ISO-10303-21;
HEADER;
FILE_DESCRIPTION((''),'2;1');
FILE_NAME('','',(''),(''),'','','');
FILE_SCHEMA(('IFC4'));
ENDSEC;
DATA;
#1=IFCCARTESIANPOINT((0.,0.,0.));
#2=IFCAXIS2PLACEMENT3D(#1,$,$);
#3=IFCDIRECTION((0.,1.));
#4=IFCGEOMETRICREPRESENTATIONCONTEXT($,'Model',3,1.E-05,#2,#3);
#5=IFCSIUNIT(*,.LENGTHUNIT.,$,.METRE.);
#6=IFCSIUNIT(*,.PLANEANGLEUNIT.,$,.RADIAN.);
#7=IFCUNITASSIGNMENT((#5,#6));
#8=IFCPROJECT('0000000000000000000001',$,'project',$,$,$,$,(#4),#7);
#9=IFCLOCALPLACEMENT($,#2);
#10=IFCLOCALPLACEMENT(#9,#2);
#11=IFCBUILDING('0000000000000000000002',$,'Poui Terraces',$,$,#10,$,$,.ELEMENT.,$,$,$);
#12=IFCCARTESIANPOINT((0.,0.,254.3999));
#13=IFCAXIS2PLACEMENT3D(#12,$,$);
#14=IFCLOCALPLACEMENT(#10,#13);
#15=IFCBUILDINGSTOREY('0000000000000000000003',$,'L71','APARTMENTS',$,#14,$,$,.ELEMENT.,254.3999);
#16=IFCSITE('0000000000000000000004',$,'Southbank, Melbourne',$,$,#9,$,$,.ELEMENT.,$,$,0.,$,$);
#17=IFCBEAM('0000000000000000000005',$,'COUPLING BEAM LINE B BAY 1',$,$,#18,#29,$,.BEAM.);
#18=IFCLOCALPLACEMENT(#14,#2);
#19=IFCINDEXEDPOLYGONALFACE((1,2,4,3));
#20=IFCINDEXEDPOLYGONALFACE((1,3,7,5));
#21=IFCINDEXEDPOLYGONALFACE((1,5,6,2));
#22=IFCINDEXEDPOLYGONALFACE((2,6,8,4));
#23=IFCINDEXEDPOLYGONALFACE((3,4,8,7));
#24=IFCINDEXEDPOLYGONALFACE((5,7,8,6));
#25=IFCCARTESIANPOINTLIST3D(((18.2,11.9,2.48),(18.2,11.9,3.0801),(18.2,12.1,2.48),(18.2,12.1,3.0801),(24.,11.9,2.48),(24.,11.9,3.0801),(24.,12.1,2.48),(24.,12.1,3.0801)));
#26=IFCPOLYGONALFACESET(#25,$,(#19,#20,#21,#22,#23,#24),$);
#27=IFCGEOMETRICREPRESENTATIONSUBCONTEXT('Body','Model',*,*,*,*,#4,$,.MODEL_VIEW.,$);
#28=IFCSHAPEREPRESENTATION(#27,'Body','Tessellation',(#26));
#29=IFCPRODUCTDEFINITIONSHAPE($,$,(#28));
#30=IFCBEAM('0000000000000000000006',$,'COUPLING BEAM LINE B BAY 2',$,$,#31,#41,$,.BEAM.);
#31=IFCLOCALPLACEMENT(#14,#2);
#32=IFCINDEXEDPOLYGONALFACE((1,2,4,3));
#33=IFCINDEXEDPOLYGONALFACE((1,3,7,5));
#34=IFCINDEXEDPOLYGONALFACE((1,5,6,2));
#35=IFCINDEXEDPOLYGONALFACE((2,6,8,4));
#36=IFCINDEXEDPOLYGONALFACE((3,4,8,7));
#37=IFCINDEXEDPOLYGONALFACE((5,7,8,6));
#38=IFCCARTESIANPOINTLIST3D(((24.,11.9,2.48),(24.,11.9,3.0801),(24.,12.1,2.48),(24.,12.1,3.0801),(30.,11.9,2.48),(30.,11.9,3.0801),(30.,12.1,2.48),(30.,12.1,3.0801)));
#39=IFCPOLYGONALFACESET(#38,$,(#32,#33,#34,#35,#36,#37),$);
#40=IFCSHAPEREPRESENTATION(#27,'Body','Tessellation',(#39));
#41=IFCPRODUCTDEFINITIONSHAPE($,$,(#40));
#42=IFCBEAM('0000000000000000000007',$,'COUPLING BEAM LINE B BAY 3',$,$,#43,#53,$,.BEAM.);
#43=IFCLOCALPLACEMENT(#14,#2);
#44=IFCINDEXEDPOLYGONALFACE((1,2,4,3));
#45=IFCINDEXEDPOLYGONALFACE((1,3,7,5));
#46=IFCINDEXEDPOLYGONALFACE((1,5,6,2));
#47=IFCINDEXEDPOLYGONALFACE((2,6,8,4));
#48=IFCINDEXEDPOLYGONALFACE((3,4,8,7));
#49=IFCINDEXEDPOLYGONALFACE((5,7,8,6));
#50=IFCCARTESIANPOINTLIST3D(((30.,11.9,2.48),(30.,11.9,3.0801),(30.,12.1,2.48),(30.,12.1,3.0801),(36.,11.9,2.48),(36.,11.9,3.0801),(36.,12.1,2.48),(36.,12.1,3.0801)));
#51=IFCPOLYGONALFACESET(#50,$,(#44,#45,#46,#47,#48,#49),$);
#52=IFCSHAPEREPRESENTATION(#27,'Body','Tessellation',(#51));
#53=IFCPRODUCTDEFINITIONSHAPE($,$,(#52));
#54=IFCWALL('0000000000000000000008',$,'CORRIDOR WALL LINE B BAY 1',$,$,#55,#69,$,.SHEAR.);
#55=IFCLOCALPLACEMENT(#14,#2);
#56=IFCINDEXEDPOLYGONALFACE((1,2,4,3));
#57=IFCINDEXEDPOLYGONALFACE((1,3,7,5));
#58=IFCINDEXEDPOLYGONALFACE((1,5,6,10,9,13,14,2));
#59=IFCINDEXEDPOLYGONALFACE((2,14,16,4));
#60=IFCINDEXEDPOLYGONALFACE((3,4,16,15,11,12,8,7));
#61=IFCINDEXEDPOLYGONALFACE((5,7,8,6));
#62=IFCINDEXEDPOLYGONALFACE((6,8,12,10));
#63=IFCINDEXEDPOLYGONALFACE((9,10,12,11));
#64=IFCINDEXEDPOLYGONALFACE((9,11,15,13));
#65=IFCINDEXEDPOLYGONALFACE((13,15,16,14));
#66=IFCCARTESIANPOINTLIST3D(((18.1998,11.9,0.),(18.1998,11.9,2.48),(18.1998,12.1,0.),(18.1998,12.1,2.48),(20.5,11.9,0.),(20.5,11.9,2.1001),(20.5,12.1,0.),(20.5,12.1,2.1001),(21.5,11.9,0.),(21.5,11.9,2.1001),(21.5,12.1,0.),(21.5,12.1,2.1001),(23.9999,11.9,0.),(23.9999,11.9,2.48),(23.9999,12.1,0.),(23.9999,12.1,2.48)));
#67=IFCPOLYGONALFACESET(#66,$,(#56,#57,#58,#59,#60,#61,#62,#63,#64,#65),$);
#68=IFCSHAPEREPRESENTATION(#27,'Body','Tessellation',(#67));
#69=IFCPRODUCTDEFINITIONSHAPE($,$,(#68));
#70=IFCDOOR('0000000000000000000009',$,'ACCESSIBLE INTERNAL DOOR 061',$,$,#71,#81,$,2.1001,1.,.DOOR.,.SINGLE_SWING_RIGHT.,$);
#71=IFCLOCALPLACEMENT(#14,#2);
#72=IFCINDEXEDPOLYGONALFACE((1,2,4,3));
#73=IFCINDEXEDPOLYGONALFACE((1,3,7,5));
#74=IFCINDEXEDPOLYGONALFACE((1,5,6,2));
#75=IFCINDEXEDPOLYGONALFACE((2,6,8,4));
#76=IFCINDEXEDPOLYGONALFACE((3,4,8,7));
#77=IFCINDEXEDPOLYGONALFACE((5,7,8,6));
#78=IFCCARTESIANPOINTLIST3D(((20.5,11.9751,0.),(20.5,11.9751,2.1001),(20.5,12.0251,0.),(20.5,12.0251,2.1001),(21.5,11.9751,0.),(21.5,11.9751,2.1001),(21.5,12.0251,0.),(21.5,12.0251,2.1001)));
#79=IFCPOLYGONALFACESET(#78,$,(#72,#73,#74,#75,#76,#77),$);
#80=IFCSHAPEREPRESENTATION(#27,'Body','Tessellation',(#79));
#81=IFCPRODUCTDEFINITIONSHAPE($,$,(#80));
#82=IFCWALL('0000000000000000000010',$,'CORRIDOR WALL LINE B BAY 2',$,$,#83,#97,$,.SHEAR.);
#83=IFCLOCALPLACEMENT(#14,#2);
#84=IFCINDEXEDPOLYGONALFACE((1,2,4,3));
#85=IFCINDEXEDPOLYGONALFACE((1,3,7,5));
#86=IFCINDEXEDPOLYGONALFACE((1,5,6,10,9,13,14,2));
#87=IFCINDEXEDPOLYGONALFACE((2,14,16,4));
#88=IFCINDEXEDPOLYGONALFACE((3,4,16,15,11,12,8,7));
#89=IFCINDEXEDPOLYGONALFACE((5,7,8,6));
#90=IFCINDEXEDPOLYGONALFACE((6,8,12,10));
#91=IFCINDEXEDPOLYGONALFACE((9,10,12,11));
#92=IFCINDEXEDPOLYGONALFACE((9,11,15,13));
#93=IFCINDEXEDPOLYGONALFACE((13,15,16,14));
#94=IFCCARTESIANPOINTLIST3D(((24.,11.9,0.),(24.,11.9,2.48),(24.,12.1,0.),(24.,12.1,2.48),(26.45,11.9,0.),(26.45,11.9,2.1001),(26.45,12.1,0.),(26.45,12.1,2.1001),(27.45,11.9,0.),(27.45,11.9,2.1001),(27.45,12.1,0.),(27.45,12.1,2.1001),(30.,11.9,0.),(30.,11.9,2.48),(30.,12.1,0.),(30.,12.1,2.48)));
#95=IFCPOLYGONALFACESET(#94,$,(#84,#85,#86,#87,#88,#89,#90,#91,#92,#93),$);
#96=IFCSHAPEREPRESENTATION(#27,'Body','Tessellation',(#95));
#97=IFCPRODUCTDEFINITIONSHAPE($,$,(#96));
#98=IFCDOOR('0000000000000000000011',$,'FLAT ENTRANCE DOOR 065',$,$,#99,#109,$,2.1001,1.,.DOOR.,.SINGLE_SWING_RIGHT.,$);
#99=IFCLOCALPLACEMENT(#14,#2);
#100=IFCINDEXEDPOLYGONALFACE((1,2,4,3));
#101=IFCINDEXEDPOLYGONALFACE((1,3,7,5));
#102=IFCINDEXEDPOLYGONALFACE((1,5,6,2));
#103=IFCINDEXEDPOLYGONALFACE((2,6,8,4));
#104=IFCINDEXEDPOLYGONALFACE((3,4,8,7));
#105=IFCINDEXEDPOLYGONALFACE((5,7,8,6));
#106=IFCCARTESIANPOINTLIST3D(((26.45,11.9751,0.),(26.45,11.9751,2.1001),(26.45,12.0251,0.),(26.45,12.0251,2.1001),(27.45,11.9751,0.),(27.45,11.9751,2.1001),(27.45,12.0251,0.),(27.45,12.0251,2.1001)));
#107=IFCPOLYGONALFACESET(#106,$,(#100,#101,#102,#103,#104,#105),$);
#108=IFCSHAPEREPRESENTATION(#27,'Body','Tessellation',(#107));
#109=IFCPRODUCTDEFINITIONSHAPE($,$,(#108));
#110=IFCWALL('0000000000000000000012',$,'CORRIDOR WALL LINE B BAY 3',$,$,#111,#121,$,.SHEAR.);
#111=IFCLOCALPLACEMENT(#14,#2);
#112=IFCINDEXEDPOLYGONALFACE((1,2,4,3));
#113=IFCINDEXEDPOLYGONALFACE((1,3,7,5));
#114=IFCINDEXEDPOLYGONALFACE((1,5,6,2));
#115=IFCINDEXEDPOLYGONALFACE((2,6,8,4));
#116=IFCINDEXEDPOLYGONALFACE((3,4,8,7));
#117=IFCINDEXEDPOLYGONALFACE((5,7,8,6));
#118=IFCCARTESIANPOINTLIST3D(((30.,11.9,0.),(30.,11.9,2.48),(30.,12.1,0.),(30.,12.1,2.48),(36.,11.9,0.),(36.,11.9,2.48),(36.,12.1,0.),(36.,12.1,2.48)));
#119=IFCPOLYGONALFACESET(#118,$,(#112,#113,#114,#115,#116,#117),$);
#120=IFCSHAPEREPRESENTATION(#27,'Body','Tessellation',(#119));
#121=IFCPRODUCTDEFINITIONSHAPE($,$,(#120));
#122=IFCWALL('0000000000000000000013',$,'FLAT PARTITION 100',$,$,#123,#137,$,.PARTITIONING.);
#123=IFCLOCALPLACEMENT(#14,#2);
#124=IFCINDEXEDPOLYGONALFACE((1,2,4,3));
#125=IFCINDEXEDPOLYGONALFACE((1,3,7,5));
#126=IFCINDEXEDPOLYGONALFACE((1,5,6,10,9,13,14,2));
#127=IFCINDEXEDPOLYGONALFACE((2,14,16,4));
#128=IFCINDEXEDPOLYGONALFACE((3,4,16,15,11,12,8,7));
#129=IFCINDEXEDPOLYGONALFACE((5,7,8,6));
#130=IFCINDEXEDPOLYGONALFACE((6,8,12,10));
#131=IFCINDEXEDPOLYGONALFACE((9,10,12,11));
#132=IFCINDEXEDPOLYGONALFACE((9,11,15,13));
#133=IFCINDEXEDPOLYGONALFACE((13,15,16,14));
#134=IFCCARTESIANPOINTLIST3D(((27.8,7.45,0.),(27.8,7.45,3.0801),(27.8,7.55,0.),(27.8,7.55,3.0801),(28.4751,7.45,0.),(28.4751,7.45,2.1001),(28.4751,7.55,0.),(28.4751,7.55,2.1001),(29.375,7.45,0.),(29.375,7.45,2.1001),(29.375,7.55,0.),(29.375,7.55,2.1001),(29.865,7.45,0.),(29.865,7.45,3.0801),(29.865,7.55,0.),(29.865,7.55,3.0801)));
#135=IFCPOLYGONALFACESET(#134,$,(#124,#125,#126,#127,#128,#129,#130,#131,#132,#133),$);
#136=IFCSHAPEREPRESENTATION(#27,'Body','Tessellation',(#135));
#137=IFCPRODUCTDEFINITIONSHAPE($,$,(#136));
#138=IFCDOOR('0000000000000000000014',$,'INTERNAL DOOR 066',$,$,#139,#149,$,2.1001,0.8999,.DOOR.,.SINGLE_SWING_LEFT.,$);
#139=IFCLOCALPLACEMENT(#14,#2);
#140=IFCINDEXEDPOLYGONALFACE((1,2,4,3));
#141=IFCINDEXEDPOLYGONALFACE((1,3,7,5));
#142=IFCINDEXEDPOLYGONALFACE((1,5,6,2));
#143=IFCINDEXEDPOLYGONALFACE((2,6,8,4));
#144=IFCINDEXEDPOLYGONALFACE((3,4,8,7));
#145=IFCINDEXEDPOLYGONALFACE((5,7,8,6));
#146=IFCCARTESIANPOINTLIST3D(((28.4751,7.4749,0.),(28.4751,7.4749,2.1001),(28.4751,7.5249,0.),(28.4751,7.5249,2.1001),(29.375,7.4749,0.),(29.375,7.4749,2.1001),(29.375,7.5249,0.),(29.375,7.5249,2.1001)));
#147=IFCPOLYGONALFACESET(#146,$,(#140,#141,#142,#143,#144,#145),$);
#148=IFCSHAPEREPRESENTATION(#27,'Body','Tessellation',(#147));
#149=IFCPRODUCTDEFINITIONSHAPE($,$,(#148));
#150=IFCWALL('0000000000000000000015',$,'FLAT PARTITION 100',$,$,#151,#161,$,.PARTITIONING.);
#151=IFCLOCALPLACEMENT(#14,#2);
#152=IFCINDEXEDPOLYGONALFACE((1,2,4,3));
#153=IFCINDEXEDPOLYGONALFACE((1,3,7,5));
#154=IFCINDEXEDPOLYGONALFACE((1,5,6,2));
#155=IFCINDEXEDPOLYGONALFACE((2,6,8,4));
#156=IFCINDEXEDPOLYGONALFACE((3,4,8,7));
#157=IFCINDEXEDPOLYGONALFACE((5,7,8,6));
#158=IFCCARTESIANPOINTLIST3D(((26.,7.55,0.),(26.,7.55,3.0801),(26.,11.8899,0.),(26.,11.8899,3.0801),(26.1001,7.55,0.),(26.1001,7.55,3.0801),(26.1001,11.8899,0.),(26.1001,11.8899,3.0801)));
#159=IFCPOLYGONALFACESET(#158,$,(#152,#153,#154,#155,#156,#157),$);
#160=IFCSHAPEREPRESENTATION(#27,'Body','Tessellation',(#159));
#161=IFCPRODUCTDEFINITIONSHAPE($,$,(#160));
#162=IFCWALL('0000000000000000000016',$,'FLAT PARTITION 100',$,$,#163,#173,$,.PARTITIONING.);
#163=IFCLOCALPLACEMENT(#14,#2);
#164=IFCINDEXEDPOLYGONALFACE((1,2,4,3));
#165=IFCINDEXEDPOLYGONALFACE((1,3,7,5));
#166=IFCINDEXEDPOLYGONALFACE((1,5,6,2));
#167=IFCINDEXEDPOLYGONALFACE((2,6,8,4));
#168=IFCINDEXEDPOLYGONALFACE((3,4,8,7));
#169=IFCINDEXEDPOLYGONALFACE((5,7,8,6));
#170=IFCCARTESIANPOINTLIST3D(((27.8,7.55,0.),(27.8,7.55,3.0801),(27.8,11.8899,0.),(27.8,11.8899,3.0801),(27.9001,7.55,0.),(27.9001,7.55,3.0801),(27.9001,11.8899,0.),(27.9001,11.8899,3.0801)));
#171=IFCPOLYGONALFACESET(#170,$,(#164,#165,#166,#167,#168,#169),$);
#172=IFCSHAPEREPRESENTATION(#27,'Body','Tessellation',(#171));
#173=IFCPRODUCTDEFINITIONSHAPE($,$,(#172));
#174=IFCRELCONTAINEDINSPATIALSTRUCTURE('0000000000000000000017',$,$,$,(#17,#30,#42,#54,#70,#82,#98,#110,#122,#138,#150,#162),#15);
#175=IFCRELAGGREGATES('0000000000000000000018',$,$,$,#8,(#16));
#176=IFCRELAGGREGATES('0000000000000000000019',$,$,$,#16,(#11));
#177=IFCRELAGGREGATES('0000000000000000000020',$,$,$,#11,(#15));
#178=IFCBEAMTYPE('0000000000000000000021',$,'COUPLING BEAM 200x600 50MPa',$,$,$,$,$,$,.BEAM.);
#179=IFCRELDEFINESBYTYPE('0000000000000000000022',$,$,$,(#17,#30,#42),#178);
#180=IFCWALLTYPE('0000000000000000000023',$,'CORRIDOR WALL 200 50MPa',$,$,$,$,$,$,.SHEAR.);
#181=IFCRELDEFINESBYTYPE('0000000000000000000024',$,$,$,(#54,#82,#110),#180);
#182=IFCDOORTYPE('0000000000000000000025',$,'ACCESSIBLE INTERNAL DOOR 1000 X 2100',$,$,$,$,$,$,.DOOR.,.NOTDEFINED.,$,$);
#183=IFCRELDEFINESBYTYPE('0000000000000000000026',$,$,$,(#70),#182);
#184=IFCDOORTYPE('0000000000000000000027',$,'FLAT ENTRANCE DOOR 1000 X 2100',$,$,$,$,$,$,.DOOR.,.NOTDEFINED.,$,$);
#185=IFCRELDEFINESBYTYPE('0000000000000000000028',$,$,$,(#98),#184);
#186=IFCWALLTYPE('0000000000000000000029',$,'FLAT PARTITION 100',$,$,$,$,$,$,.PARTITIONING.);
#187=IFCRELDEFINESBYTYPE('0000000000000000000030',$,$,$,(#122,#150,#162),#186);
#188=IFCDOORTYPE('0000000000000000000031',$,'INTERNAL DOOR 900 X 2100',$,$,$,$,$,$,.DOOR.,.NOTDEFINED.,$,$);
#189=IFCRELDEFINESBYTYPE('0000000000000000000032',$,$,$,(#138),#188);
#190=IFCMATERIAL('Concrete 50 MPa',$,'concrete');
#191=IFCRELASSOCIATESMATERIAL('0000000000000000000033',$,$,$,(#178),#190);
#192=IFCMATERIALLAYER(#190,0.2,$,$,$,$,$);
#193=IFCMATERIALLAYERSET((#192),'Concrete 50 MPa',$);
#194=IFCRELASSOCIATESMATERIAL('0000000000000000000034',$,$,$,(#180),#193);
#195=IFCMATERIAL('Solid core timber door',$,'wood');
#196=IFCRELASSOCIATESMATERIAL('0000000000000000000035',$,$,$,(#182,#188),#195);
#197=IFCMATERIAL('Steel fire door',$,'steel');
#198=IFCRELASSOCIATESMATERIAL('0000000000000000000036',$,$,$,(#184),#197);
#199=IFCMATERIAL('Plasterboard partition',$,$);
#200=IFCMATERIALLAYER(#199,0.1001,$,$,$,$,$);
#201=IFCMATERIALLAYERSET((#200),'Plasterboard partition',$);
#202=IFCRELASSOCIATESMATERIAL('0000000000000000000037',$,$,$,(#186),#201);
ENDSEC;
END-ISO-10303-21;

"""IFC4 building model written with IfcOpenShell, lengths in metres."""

from ifc_helpers import new_model, si_unit, direction, frame, frame_2d, origin, origin_2d, place, context, subcontext, project, spatial, rectangle, extrude, source, transform, mapped, material, layer, layer_set, material_profile, profile_set, type_object, element, fill, save


model = new_model("IFC4")

# Units and contexts
model_context = context("Model", 3, precision=1e-05, world=origin(), true_north=direction((0.0, 1.0)))
body_context = subcontext(model_context, "Body", "Model", "MODEL_VIEW")
ifc_project = project(units=[si_unit("LENGTHUNIT", "METRE"), si_unit("PLANEANGLEUNIT", "RADIAN")], contexts=[model_context])

# Site, building, storey
site_placement = place(None, origin())
site = spatial("IfcSite", under=ifc_project, at=site_placement, Name="Southbank, Melbourne", CompositionType="ELEMENT", RefElevation=0.0)
building_placement = place(site_placement, origin())
building = spatial("IfcBuilding", under=site, at=building_placement, Name="Poui Terraces", CompositionType="ELEMENT")
storey_placement = place(building_placement, frame((0.0, 0.0, 254.3999)))
storey = spatial("IfcBuildingStorey", under=building, at=storey_placement, Name="L71", Description="APARTMENTS", CompositionType="ELEMENT", Elevation=254.3999)

# Beams
ifc_material_1 = material(Name="Concrete 50 MPa", Category="concrete")
ifc_material_profile = material_profile(ifc_material_1, rectangle(XDim=0.2, YDim=0.6001, at=origin_2d()), Name="RC 200x600")
ifc_profile_set = profile_set([ifc_material_profile], Name="Concrete 50 MPa")
beam_type = type_object("IfcBeamType", Name="COUPLING BEAM 200x600 50MPa", PredefinedType="BEAM", material=ifc_profile_set)
shared_shape_1 = source(origin(), body_context, "Body", "SweptSolid", [
    extrude(rectangle(XDim=0.2, YDim=0.6001, at=origin_2d()), origin(), (0.0, 0.0, 1.0), 5.8),
])
beam_placement = place(storey_placement, frame((18.2, 12.0, 2.78), z_axis=(1.0, 0.0, 0.0), x_axis=(0.0, 1.0, 0.0)))
element("IfcBeam", 1, at=beam_placement, inside=storey, type_object=beam_type, Name="COUPLING BEAM LINE B BAY 1", PredefinedType="BEAM", context=body_context, shape_type="MappedRepresentation", body=[
    mapped(shared_shape_1, transform((0.0, 0.0, 0.0))),
])
shared_shape_2 = source(origin(), body_context, "Body", "SweptSolid", [
    extrude(rectangle(XDim=0.2, YDim=0.6001, at=origin_2d()), origin(), (0.0, 0.0, 1.0), 6.0),
])
for number, where, z_axis, x_axis, name in (
    (2, (24.0, 12.0, 2.78), (1.0, 0.0, 0.0), (0.0, 1.0, 0.0), "COUPLING BEAM LINE B BAY 2"),
    (3, (30.0, 12.0, 2.78), (1.0, 0.0, 0.0), (0.0, 1.0, 0.0), "COUPLING BEAM LINE B BAY 3"),
):
    element("IfcBeam", number, at=place(storey_placement, frame(where, z_axis=z_axis, x_axis=x_axis)), inside=storey, type_object=beam_type, Name=name, PredefinedType="BEAM", context=body_context, shape_type="MappedRepresentation", body=[
        mapped(shared_shape_2, transform((0.0, 0.0, 0.0))),
    ])

# Walls, openings, doors
ifc_layer_1 = layer(ifc_material_1, 0.2)
ifc_layer_set_1 = layer_set([ifc_layer_1], Name="Concrete 50 MPa")
wall_type_1 = type_object("IfcWallType", Name="CORRIDOR WALL 200 50MPa", PredefinedType="SHEAR", material=ifc_layer_set_1)
wall_1_placement = place(storey_placement, frame((18.2, 12.0, 0.0), z_axis=(0.0, 0.0, 1.0), x_axis=(1.0, 0.0, 0.0)))
wall_1 = element("IfcWall", 4, at=wall_1_placement, inside=storey, type_object=wall_type_1, Name="CORRIDOR WALL LINE B BAY 1", PredefinedType="SHEAR", context=body_context, shape_type="SweptSolid", body=[
    extrude(rectangle(XDim=5.8, YDim=0.2, at=frame_2d((2.8999, 0.0))), origin(), (0.0, 0.0, 1.0), 2.48),
])
opening_1_placement = place(wall_1_placement, frame((2.3, 0.0, 0.0)))
opening_1 = element("IfcOpeningElement", 5, at=opening_1_placement, cuts=wall_1, PredefinedType="OPENING", context=body_context, shape_type="SweptSolid", body=[
    extrude(rectangle(XDim=1.0, YDim=2.1001, at=frame_2d((0.5, 1.05))), frame((0.0, 0.1099, 0.0), z_axis=(0.0, -1.0, 0.0), x_axis=(1.0, 0.0, 0.0)), (0.0, 0.0, 1.0), 0.22),
])
ifc_material_2 = material(Name="Solid core timber door", Category="wood")
door_type_1 = type_object("IfcDoorType", Name="ACCESSIBLE INTERNAL DOOR 1000 X 2100", OperationType="NOTDEFINED", PredefinedType="DOOR", material=ifc_material_2)
door_1_placement = place(opening_1_placement, frame((1.0, 0.0, 0.0), z_axis=(0.0, 0.0, 1.0), x_axis=(-1.0, 0.0, 0.0)))
door_1 = element("IfcDoor", 6, at=door_1_placement, inside=storey, type_object=door_type_1, Name="ACCESSIBLE INTERNAL DOOR 061", OperationType="SINGLE_SWING_RIGHT", OverallHeight=2.1001, OverallWidth=1.0, PredefinedType="DOOR", context=body_context, shape_type="SweptSolid", body=[
    extrude(rectangle(XDim=1.0, YDim=2.1001, at=frame_2d((0.5, 1.05))), frame((0.0, 0.0249, 0.0), z_axis=(0.0, -1.0, 0.0), x_axis=(1.0, 0.0, 0.0)), (0.0, 0.0, 1.0), 0.05),
])
fill(opening_1, door_1)
wall_2_placement = place(storey_placement, frame((24.0, 12.0, 0.0), z_axis=(0.0, 0.0, 1.0), x_axis=(1.0, 0.0, 0.0)))
wall_2 = element("IfcWall", 7, at=wall_2_placement, inside=storey, type_object=wall_type_1, Name="CORRIDOR WALL LINE B BAY 2", PredefinedType="SHEAR", context=body_context, shape_type="SweptSolid", body=[
    extrude(rectangle(XDim=6.0, YDim=0.2, at=frame_2d((3.0, 0.0))), origin(), (0.0, 0.0, 1.0), 2.48),
])
opening_2_placement = place(wall_2_placement, frame((2.45, 0.0, 0.0)))
opening_2 = element("IfcOpeningElement", 8, at=opening_2_placement, cuts=wall_2, PredefinedType="OPENING", context=body_context, shape_type="SweptSolid", body=[
    extrude(rectangle(XDim=1.0, YDim=2.1001, at=frame_2d((0.5, 1.05))), frame((0.0, 0.1099, 0.0), z_axis=(0.0, -1.0, 0.0), x_axis=(1.0, 0.0, 0.0)), (0.0, 0.0, 1.0), 0.22),
])
ifc_material_3 = material(Name="Steel fire door", Category="steel")
door_type_2 = type_object("IfcDoorType", Name="FLAT ENTRANCE DOOR 1000 X 2100", OperationType="NOTDEFINED", PredefinedType="DOOR", material=ifc_material_3)
door_2_placement = place(opening_2_placement, frame((1.0, 0.0, 0.0), z_axis=(0.0, 0.0, 1.0), x_axis=(-1.0, 0.0, 0.0)))
door_2 = element("IfcDoor", 9, at=door_2_placement, inside=storey, type_object=door_type_2, Name="FLAT ENTRANCE DOOR 065", OperationType="SINGLE_SWING_RIGHT", OverallHeight=2.1001, OverallWidth=1.0, PredefinedType="DOOR", context=body_context, shape_type="SweptSolid", body=[
    extrude(rectangle(XDim=1.0, YDim=2.1001, at=frame_2d((0.5, 1.05))), frame((0.0, 0.0249, 0.0), z_axis=(0.0, -1.0, 0.0), x_axis=(1.0, 0.0, 0.0)), (0.0, 0.0, 1.0), 0.05),
])
fill(opening_2, door_2)

# Wall
wall_3_placement = place(storey_placement, frame((30.0, 12.0, 0.0), z_axis=(0.0, 0.0, 1.0), x_axis=(1.0, 0.0, 0.0)))
element("IfcWall", 10, at=wall_3_placement, inside=storey, type_object=wall_type_1, Name="CORRIDOR WALL LINE B BAY 3", PredefinedType="SHEAR", context=body_context, shape_type="SweptSolid", body=[
    extrude(rectangle(XDim=6.0, YDim=0.2, at=frame_2d((3.0, 0.0))), origin(), (0.0, 0.0, 1.0), 2.48),
])

# Wall, opening, door
ifc_material_4 = material(Name="Plasterboard partition")
ifc_layer_2 = layer(ifc_material_4, 0.1001)
ifc_layer_set_2 = layer_set([ifc_layer_2], Name="Plasterboard partition")
wall_type_2 = type_object("IfcWallType", Name="FLAT PARTITION 100", PredefinedType="PARTITIONING", material=ifc_layer_set_2)
wall_4_placement = place(storey_placement, frame((27.8, 7.5, 0.0), z_axis=(0.0, 0.0, 1.0), x_axis=(1.0, 0.0, 0.0)))
wall_4 = element("IfcWall", 11, at=wall_4_placement, inside=storey, type_object=wall_type_2, Name="FLAT PARTITION 100", PredefinedType="PARTITIONING", context=body_context, shape_type="SweptSolid", body=[
    extrude(rectangle(XDim=2.0649, YDim=0.1001, at=frame_2d((1.0325, 0.0))), origin(), (0.0, 0.0, 1.0), 3.0801),
])
opening_3_placement = place(wall_4_placement, frame((0.675, 0.0, 0.0)))
opening_3 = element("IfcOpeningElement", 12, at=opening_3_placement, cuts=wall_4, PredefinedType="OPENING", context=body_context, shape_type="SweptSolid", body=[
    extrude(rectangle(XDim=0.8999, YDim=2.1001, at=frame_2d((0.45, 1.05))), frame((0.0, 0.0601, 0.0), z_axis=(0.0, -1.0, 0.0), x_axis=(1.0, 0.0, 0.0)), (0.0, 0.0, 1.0), 0.1201),
])
door_type_3 = type_object("IfcDoorType", Name="INTERNAL DOOR 900 X 2100", OperationType="NOTDEFINED", PredefinedType="DOOR", material=ifc_material_2)
door_3_placement = place(opening_3_placement, origin())
door_3 = element("IfcDoor", 13, at=door_3_placement, inside=storey, type_object=door_type_3, Name="INTERNAL DOOR 066", OperationType="SINGLE_SWING_LEFT", OverallHeight=2.1001, OverallWidth=0.8999, PredefinedType="DOOR", context=body_context, shape_type="SweptSolid", body=[
    extrude(rectangle(XDim=0.8999, YDim=2.1001, at=frame_2d((0.45, 1.05))), frame((0.0, 0.0249, 0.0), z_axis=(0.0, -1.0, 0.0), x_axis=(1.0, 0.0, 0.0)), (0.0, 0.0, 1.0), 0.05),
])
fill(opening_3, door_3)

# Walls
for number, where, z_axis, x_axis, name in (
    (14, (26.05, 7.55, 0.0), (0.0, 0.0, 1.0), (0.0, 1.0, 0.0), "FLAT PARTITION 100"),
    (15, (27.8501, 7.55, 0.0), (0.0, 0.0, 1.0), (0.0, 1.0, 0.0), "FLAT PARTITION 100"),
):
    element("IfcWall", number, at=place(storey_placement, frame(where, z_axis=z_axis, x_axis=x_axis)), inside=storey, type_object=wall_type_2, Name=name, PredefinedType="PARTITIONING", context=body_context, shape_type="SweptSolid", body=[
        extrude(rectangle(XDim=4.3398, YDim=0.1001, at=frame_2d((2.1699, 0.0))), origin(), (0.0, 0.0, 1.0), 3.0801),
    ])

save(model, "model.ifc")
